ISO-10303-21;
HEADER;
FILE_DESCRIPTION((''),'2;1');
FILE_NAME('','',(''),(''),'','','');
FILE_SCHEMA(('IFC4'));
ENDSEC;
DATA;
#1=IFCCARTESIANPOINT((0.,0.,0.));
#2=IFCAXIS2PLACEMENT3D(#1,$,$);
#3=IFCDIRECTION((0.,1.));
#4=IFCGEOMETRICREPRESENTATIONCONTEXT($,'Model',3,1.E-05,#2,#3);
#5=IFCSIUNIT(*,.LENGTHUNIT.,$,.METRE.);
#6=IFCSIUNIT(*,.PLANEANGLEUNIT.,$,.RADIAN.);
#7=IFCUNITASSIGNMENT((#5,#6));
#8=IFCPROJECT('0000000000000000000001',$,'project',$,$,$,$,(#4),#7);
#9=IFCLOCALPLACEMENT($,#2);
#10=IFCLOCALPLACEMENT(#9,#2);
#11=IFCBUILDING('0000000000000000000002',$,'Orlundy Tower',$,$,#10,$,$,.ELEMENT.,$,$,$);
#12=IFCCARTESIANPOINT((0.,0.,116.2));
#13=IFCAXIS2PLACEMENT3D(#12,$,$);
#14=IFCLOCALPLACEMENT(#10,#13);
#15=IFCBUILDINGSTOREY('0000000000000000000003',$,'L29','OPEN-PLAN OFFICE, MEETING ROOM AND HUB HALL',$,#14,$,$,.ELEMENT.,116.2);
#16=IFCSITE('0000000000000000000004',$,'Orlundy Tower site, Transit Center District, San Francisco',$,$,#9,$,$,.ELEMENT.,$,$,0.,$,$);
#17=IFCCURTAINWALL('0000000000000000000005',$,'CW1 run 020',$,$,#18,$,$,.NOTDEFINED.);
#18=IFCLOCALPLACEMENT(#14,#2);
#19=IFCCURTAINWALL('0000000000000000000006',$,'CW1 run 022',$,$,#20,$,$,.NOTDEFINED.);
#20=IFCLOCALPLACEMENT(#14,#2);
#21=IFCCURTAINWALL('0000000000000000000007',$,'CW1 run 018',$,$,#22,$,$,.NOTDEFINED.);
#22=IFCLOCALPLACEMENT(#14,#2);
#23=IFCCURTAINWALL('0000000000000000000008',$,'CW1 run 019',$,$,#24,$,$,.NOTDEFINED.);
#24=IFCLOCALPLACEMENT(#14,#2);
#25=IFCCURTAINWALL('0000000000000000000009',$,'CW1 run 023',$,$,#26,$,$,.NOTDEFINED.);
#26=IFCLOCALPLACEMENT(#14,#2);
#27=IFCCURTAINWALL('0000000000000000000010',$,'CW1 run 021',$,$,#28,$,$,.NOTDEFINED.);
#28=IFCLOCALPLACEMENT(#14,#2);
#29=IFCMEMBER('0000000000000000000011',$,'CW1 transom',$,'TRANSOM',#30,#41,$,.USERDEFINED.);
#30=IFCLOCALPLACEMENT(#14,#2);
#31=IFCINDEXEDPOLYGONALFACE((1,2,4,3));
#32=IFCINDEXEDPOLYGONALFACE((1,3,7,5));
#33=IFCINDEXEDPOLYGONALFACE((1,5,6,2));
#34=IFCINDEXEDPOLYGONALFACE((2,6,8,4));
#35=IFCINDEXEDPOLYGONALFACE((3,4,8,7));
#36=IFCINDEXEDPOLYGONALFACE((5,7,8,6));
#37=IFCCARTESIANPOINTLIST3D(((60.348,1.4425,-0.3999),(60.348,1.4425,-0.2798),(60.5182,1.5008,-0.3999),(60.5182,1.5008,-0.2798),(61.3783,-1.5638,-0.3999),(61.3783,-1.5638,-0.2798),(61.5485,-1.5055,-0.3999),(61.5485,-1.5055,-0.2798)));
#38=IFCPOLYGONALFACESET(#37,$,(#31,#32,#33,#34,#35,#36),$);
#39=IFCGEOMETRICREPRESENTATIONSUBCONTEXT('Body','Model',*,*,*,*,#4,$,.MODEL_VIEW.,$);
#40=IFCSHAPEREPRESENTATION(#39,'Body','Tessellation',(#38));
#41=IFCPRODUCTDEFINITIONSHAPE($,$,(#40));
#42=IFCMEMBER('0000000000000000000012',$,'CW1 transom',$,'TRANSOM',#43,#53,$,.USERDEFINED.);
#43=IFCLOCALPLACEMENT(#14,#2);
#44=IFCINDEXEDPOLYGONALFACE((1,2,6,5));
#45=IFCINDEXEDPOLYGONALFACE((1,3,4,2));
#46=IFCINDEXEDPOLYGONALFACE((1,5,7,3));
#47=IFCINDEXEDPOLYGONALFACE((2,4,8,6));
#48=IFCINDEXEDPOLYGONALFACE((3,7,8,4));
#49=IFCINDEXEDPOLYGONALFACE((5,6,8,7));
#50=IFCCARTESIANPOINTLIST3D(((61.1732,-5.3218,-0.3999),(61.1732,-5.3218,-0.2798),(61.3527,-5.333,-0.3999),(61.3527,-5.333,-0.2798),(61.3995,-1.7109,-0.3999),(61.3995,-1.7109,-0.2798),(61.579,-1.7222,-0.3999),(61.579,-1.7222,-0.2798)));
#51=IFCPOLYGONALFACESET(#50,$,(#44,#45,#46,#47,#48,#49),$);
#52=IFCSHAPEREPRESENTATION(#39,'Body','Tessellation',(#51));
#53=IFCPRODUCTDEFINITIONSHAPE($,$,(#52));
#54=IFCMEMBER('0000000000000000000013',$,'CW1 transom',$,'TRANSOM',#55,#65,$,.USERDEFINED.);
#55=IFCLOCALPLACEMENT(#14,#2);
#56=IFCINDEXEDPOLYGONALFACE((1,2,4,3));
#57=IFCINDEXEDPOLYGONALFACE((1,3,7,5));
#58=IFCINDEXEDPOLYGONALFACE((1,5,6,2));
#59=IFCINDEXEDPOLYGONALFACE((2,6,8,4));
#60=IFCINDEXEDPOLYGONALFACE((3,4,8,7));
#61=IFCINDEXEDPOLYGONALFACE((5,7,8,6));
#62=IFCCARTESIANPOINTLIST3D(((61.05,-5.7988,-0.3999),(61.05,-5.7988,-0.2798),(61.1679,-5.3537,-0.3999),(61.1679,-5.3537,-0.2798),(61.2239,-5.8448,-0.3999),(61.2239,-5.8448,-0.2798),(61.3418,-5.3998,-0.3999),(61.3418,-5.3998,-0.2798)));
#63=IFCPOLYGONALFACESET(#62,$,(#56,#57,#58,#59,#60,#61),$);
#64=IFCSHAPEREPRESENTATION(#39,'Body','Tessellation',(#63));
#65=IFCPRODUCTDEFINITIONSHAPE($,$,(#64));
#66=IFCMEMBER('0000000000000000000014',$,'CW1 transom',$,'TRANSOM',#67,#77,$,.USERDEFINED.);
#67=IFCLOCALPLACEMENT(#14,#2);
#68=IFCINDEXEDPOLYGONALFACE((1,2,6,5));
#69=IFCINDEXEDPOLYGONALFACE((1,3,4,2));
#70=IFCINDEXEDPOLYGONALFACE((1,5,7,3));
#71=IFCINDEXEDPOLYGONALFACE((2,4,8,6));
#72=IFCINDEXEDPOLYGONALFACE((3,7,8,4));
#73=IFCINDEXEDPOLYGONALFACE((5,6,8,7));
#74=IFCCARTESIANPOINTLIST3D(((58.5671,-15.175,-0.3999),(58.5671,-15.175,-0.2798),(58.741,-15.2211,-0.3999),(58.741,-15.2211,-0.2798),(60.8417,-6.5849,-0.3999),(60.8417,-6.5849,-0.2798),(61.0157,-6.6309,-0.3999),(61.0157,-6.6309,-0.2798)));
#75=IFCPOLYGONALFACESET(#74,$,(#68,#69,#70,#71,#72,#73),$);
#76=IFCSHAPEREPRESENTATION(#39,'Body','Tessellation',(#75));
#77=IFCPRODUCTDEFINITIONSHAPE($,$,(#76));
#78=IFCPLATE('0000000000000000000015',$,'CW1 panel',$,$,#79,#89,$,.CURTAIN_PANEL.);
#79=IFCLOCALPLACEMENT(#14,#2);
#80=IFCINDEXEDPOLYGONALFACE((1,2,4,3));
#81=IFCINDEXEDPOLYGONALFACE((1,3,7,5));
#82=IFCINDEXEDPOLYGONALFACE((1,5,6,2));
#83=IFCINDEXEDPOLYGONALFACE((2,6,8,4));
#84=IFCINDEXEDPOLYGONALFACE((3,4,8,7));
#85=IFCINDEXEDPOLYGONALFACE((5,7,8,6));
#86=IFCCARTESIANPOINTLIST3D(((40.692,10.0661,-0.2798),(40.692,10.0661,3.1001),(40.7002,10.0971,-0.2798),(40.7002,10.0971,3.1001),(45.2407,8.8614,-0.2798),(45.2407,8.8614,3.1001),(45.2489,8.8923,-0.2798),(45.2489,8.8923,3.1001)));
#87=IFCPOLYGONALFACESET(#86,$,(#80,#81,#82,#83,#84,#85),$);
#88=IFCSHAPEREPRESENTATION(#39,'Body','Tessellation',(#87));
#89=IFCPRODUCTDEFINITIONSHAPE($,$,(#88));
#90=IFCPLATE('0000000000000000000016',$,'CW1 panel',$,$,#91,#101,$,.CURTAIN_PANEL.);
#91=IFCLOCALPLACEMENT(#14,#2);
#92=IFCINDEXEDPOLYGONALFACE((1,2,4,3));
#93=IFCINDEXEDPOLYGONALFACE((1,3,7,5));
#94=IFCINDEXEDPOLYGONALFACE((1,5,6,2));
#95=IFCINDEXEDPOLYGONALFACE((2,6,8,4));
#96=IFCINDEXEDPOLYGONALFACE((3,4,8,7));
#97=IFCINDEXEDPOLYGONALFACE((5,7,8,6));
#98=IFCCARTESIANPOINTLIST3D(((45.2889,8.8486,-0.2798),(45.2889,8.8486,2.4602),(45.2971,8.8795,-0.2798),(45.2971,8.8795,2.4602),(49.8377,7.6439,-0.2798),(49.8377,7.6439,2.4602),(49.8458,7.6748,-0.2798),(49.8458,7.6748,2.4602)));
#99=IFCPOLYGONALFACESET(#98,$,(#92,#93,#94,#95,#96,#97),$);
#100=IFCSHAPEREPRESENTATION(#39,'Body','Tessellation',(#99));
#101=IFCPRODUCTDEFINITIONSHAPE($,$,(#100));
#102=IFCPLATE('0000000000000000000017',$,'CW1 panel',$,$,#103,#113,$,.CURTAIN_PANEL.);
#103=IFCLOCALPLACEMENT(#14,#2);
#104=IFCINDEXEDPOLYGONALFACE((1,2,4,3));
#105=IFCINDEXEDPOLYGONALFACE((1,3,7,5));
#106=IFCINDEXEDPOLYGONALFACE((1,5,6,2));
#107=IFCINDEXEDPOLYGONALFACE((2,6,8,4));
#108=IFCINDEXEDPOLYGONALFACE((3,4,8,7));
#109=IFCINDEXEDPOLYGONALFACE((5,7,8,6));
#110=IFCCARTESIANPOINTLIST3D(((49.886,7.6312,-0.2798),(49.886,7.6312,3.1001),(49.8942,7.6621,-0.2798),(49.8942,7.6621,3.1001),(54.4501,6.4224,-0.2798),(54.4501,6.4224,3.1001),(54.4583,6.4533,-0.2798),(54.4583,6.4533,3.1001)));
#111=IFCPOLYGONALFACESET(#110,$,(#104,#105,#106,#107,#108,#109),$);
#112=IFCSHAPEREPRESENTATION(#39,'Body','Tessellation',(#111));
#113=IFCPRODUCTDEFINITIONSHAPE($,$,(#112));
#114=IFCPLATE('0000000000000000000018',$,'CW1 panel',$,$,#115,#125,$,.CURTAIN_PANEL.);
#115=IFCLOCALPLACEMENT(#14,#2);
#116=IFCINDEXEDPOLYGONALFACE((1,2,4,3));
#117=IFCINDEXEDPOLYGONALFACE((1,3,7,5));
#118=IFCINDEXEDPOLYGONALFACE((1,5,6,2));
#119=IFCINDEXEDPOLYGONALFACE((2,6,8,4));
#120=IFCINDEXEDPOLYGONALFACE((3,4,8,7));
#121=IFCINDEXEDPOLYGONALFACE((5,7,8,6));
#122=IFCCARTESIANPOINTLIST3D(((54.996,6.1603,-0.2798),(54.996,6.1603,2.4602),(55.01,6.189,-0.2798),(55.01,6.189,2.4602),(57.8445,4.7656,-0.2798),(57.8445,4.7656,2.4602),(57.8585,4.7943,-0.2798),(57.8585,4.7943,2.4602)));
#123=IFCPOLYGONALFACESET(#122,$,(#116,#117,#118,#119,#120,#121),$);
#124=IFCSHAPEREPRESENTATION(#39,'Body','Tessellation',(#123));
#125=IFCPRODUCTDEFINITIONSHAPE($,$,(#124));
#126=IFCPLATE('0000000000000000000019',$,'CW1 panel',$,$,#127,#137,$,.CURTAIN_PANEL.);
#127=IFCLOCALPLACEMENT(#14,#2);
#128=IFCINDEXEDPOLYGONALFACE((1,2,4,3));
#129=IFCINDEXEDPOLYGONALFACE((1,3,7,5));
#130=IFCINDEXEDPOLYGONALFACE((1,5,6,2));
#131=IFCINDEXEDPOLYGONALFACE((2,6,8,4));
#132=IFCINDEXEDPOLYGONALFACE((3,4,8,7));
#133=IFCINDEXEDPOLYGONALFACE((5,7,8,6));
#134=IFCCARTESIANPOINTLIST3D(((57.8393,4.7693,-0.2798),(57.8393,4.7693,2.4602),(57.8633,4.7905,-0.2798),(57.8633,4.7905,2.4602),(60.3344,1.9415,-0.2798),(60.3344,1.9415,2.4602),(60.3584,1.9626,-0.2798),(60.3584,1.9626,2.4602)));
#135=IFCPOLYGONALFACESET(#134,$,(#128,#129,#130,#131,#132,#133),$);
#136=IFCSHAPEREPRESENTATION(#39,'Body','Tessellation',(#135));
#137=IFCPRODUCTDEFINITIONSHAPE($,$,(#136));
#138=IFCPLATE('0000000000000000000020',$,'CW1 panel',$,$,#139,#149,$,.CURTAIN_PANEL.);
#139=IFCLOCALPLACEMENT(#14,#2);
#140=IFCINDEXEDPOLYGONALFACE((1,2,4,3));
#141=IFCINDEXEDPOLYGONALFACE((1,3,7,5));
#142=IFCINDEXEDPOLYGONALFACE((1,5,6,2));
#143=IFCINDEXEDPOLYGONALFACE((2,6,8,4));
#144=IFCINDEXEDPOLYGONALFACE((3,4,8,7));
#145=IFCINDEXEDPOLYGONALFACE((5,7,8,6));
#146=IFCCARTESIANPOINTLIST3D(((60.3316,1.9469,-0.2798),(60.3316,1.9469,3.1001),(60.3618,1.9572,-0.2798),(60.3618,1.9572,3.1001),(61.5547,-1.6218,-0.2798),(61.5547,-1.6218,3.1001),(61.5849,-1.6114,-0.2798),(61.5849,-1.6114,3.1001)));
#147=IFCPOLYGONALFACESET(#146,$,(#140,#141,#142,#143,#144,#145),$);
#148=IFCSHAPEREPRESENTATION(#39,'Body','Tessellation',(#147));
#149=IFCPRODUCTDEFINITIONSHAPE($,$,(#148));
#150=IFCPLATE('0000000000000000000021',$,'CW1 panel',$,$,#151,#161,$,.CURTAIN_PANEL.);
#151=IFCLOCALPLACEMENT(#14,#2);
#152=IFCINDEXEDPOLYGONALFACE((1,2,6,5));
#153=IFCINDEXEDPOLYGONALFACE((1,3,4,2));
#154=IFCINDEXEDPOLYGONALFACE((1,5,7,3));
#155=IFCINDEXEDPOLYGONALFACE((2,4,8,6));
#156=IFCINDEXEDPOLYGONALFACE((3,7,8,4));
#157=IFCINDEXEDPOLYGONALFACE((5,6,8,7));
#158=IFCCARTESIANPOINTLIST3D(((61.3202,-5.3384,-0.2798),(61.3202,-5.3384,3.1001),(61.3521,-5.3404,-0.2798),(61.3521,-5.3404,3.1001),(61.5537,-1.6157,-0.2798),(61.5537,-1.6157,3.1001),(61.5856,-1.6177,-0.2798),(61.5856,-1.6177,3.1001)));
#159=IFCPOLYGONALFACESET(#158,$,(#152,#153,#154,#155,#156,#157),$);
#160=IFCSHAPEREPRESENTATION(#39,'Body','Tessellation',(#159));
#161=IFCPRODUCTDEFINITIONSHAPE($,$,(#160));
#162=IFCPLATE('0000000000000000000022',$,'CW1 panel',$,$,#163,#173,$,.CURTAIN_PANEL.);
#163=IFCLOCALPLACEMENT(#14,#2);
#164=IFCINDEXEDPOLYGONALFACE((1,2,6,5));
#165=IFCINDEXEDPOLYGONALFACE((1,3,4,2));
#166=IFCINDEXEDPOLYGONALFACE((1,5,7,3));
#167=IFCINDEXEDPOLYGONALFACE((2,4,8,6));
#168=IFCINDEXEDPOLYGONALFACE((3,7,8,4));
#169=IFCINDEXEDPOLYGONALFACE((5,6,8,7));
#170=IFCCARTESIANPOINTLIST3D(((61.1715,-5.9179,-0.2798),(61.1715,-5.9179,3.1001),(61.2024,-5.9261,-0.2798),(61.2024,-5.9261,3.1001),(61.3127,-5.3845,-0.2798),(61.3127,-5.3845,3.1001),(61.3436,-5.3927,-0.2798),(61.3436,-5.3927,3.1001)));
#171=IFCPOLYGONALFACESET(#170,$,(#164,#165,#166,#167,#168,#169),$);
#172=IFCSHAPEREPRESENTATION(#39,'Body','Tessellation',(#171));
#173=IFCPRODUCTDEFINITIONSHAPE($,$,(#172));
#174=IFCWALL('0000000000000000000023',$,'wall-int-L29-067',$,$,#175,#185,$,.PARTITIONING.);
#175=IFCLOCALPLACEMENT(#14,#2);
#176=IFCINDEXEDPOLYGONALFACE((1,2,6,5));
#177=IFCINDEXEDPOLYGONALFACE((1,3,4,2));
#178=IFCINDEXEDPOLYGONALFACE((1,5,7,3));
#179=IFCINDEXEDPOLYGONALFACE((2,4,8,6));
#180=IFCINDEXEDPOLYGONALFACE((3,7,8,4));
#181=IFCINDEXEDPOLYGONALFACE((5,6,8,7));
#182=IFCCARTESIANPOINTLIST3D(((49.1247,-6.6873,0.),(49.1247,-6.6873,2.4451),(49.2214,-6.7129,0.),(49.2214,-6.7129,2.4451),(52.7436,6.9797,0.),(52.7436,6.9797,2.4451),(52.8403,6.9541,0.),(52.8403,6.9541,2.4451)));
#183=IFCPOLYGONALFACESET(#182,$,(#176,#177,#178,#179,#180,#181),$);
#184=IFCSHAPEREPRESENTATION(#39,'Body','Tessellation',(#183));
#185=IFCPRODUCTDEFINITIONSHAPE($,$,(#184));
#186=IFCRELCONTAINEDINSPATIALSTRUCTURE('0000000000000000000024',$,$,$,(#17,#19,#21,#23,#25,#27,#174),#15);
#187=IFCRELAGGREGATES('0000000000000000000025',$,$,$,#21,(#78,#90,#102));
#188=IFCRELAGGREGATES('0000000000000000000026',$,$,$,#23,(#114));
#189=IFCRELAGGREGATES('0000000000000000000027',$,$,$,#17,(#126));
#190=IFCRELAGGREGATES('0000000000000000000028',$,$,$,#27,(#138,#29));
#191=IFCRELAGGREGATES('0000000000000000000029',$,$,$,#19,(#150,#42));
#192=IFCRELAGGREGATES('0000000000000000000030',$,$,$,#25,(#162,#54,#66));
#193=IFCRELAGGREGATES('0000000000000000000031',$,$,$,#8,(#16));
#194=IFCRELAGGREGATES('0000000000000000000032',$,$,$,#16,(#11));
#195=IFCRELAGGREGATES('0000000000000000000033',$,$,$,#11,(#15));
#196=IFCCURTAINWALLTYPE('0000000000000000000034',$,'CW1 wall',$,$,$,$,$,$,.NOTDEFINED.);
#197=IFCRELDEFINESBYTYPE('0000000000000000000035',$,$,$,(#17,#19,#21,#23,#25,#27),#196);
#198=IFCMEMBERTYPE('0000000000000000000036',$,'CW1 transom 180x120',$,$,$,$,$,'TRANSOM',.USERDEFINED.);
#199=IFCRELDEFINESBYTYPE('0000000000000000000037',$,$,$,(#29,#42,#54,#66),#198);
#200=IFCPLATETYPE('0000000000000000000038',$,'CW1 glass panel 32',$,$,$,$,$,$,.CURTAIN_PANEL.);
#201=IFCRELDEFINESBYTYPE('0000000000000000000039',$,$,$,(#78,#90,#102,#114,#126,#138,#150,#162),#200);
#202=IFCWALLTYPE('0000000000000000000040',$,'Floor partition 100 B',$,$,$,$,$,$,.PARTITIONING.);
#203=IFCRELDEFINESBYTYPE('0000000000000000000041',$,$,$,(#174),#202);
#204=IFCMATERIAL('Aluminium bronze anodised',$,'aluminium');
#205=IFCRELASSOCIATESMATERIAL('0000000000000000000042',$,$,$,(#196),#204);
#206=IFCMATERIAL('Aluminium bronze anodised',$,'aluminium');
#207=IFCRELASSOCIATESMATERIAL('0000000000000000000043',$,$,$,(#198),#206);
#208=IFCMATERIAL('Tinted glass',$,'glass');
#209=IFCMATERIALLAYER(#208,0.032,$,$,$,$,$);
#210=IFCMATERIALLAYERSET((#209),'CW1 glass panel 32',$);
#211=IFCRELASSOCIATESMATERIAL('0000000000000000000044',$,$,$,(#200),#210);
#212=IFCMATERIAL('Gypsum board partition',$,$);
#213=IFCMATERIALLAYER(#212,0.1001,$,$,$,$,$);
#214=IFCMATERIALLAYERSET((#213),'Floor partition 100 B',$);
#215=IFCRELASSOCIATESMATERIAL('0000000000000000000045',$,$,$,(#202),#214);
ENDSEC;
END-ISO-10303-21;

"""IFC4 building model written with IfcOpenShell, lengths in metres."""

from ifc_helpers import new_model, si_unit, direction, frame, frame_2d, origin, origin_2d, place, context, subcontext, project, spatial, rectangle, extrude, material, layer, layer_set, material_profile, profile_set, type_object, element, aggregate, save


model = new_model("IFC4")

# Units and contexts
model_context = context("Model", 3, precision=1e-05, world=origin(), true_north=direction((0.0, 1.0)))
body_context = subcontext(model_context, "Body", "Model", "MODEL_VIEW")
ifc_project = project(units=[si_unit("LENGTHUNIT", "METRE"), si_unit("PLANEANGLEUNIT", "RADIAN")], contexts=[model_context])

# Site, building, storey
site_placement = place(None, origin())
site = spatial("IfcSite", under=ifc_project, at=site_placement, Name="Orlundy Tower site, Transit Center District, San Francisco", CompositionType="ELEMENT", RefElevation=0.0)
building_placement = place(site_placement, origin())
building = spatial("IfcBuilding", under=site, at=building_placement, Name="Orlundy Tower", CompositionType="ELEMENT")
storey_placement = place(building_placement, frame((0.0, 0.0, 116.2)))
storey = spatial("IfcBuildingStorey", under=building, at=storey_placement, Name="L29", Description="OPEN-PLAN OFFICE, MEETING ROOM AND HUB HALL", CompositionType="ELEMENT", Elevation=116.2)

# Curtain walls
ifc_material_1 = material(Name="Aluminium bronze anodised", Category="aluminium")
curtain_wall_type = type_object("IfcCurtainWallType", Name="CW1 wall", PredefinedType="NOTDEFINED", material=ifc_material_1)
curtain_wall_1_placement = place(storey_placement, origin())
curtain_wall_1 = element("IfcCurtainWall", 1, at=curtain_wall_1_placement, inside=storey, type_object=curtain_wall_type, Name="CW1 run 020", PredefinedType="NOTDEFINED")
curtain_wall_2_placement = place(storey_placement, origin())
curtain_wall_2 = element("IfcCurtainWall", 2, at=curtain_wall_2_placement, inside=storey, type_object=curtain_wall_type, Name="CW1 run 022", PredefinedType="NOTDEFINED")

# Curtain wall
curtain_wall_3_placement = place(storey_placement, origin())
curtain_wall_3 = element("IfcCurtainWall", 3, at=curtain_wall_3_placement, inside=storey, type_object=curtain_wall_type, Name="CW1 run 018", PredefinedType="NOTDEFINED")

# Curtain walls
curtain_wall_4_placement = place(storey_placement, origin())
curtain_wall_4 = element("IfcCurtainWall", 4, at=curtain_wall_4_placement, inside=storey, type_object=curtain_wall_type, Name="CW1 run 019", PredefinedType="NOTDEFINED")
curtain_wall_5_placement = place(storey_placement, origin())
curtain_wall_5 = element("IfcCurtainWall", 5, at=curtain_wall_5_placement, inside=storey, type_object=curtain_wall_type, Name="CW1 run 023", PredefinedType="NOTDEFINED")

# Shared definitions
ifc_material_2 = material(Name="Aluminium bronze anodised", Category="aluminium")
ifc_material_profile_1 = material_profile(ifc_material_2, rectangle(XDim=0.1799, YDim=0.1201, at=origin_2d()), Name="CW1 transom 180x120")
ifc_profile_set_1 = profile_set([ifc_material_profile_1], Name="Aluminium bronze anodised")
member_type_1 = type_object("IfcMemberType", Name="CW1 transom 180x120", ElementType="TRANSOM", PredefinedType="USERDEFINED", material=ifc_profile_set_1)

# Curtain wall, member
curtain_wall_6_placement = place(storey_placement, origin())
curtain_wall_6 = element("IfcCurtainWall", 6, at=curtain_wall_6_placement, inside=storey, type_object=curtain_wall_type, Name="CW1 run 021", PredefinedType="NOTDEFINED")
member_1_placement = place(storey_placement, frame((60.4331, 1.4717, -0.3398), z_axis=(0.324191, -0.945992, 0.0), x_axis=(0.945992, 0.324191, 0.0)))
member_1 = element("IfcMember", 7, at=member_1_placement, type_object=member_type_1, Name="CW1 transom", ObjectType="TRANSOM", PredefinedType="USERDEFINED", context=body_context, shape_type="SweptSolid", body=[
    extrude(rectangle(XDim=0.1799, YDim=0.1201, at=origin_2d()), origin(), (0.0, 0.0, 1.0), 3.178),
])

# Members
member_2_placement = place(storey_placement, frame((61.4893, -1.7166, -0.3398), z_axis=(-0.062555, -0.998042, 0.0), x_axis=(0.998042, -0.062555, 0.0)))
member_2 = element("IfcMember", 8, at=member_2_placement, type_object=member_type_1, Name="CW1 transom", ObjectType="TRANSOM", PredefinedType="USERDEFINED", context=body_context, shape_type="SweptSolid", body=[
    extrude(rectangle(XDim=0.1799, YDim=0.1201, at=origin_2d()), origin(), (0.0, 0.0, 1.0), 3.6179),
])
member_3_placement = place(storey_placement, frame((61.2549, -5.3767, -0.3398), z_axis=(-0.256111, -0.966647, 0.0), x_axis=(0.966647, -0.256111, 0.0)))
member_3 = element("IfcMember", 9, at=member_3_placement, type_object=member_type_1, Name="CW1 transom", ObjectType="TRANSOM", PredefinedType="USERDEFINED", context=body_context, shape_type="SweptSolid", body=[
    extrude(rectangle(XDim=0.1799, YDim=0.1201, at=origin_2d()), origin(), (0.0, 0.0, 1.0), 0.4604),
])
member_4_placement = place(storey_placement, frame((60.9287, -6.6079, -0.3398), z_axis=(-0.255978, -0.966683, 0.0), x_axis=(0.966683, -0.255978, 0.0)))
member_4 = element("IfcMember", 10, at=member_4_placement, type_object=member_type_1, Name="CW1 transom", ObjectType="TRANSOM", PredefinedType="USERDEFINED", context=body_context, shape_type="SweptSolid", body=[
    extrude(rectangle(XDim=0.1799, YDim=0.1201, at=origin_2d()), origin(), (0.0, 0.0, 1.0), 8.8862),
])

# Plates
ifc_material_3 = material(Name="Tinted glass", Category="glass")
ifc_layer_1 = layer(ifc_material_3, 0.032)
ifc_layer_set_1 = layer_set([ifc_layer_1], Name="CW1 glass panel 32")
plate_type = type_object("IfcPlateType", Name="CW1 glass panel 32", PredefinedType="CURTAIN_PANEL", material=ifc_layer_set_1)
plate_1_placement = place(storey_placement, frame((42.9705, 9.4792, -0.2798), z_axis=(0.0, 0.0, 1.0), x_axis=(0.966672, -0.25602, 0.0)))
plate_1 = element("IfcPlate", 11, at=plate_1_placement, type_object=plate_type, Name="CW1 panel", PredefinedType="CURTAIN_PANEL", context=body_context, shape_type="SweptSolid", body=[
    extrude(rectangle(XDim=4.7056, YDim=0.032, at=origin_2d()), origin(), (0.0, 0.0, 1.0), 3.3799),
])
plate_2_placement = place(storey_placement, frame((47.5674, 8.2617, -0.2798), z_axis=(0.0, 0.0, 1.0), x_axis=(0.966672, -0.25602, 0.0)))
plate_2 = element("IfcPlate", 12, at=plate_2_placement, type_object=plate_type, Name="CW1 panel", PredefinedType="CURTAIN_PANEL", context=body_context, shape_type="SweptSolid", body=[
    extrude(rectangle(XDim=4.7056, YDim=0.032, at=origin_2d()), origin(), (0.0, 0.0, 1.0), 2.74),
])
plate_3_placement = place(storey_placement, frame((52.1721, 7.0422, -0.2798), z_axis=(0.0, 0.0, 1.0), x_axis=(0.966672, -0.25602, 0.0)))
plate_3 = element("IfcPlate", 13, at=plate_3_placement, type_object=plate_type, Name="CW1 panel", PredefinedType="CURTAIN_PANEL", context=body_context, shape_type="SweptSolid", body=[
    extrude(rectangle(XDim=4.7214, YDim=0.032, at=origin_2d()), origin(), (0.0, 0.0, 1.0), 3.3799),
])
aggregate(curtain_wall_3, [plate_1, plate_2, plate_3])
plate_4_placement = place(storey_placement, frame((56.4272, 5.4773, -0.2798), z_axis=(0.0, 0.0, 1.0), x_axis=(0.898119, -0.439752, 0.0)))
plate_4 = element("IfcPlate", 14, at=plate_4_placement, type_object=plate_type, Name="CW1 panel", PredefinedType="CURTAIN_PANEL", context=body_context, shape_type="SweptSolid", body=[
    extrude(rectangle(XDim=3.1716, YDim=0.032, at=origin_2d()), origin(), (0.0, 0.0, 1.0), 2.74),
])
aggregate(curtain_wall_4, [plate_4])
plate_5_placement = place(storey_placement, frame((59.0989, 3.366, -0.2798), z_axis=(0.0, 0.0, 1.0), x_axis=(0.661613, -0.749846, 0.0)))
plate_5 = element("IfcPlate", 15, at=plate_5_placement, type_object=plate_type, Name="CW1 panel", PredefinedType="CURTAIN_PANEL", context=body_context, shape_type="SweptSolid", body=[
    extrude(rectangle(XDim=3.7712, YDim=0.032, at=origin_2d()), origin(), (0.0, 0.0, 1.0), 2.74),
])
aggregate(curtain_wall_1, [plate_5])
plate_6_placement = place(storey_placement, frame((60.9583, 0.1677, -0.2798), z_axis=(0.0, 0.0, 1.0), x_axis=(0.324228, -0.945979, 0.0)))
plate_6 = element("IfcPlate", 16, at=plate_6_placement, type_object=plate_type, Name="CW1 panel", PredefinedType="CURTAIN_PANEL", context=body_context, shape_type="SweptSolid", body=[
    extrude(rectangle(XDim=3.7725, YDim=0.032, at=origin_2d()), origin(), (0.0, 0.0, 1.0), 3.3799),
])
aggregate(curtain_wall_6, [plate_6, member_1])
plate_7_placement = place(storey_placement, frame((61.4529, -3.478, -0.2798), z_axis=(0.0, 0.0, 1.0), x_axis=(-0.062597, -0.998039, 0.0)))
plate_7 = element("IfcPlate", 17, at=plate_7_placement, type_object=plate_type, Name="CW1 panel", PredefinedType="CURTAIN_PANEL", context=body_context, shape_type="SweptSolid", body=[
    extrude(rectangle(XDim=3.73, YDim=0.032, at=origin_2d()), origin(), (0.0, 0.0, 1.0), 3.3799),
])
aggregate(curtain_wall_2, [plate_7, member_2])
plate_8_placement = place(storey_placement, frame((61.2576, -5.6553, -0.2798), z_axis=(0.0, 0.0, 1.0), x_axis=(-0.255991, -0.966679, 0.0)))
plate_8 = element("IfcPlate", 18, at=plate_8_placement, type_object=plate_type, Name="CW1 panel", PredefinedType="CURTAIN_PANEL", context=body_context, shape_type="SweptSolid", body=[
    extrude(rectangle(XDim=0.5518, YDim=0.032, at=origin_2d()), origin(), (0.0, 0.0, 1.0), 3.3799),
])
aggregate(curtain_wall_5, [plate_8, member_3, member_4])

# Wall
ifc_material_4 = material(Name="Gypsum board partition")
ifc_layer_2 = layer(ifc_material_4, 0.1001)
ifc_layer_set_2 = layer_set([ifc_layer_2], Name="Floor partition 100 B")
wall_type = type_object("IfcWallType", Name="Floor partition 100 B", PredefinedType="PARTITIONING", material=ifc_layer_set_2)
wall_placement = place(storey_placement, frame((49.1731, -6.7, 0.0), z_axis=(0.0, 0.0, 1.0), x_axis=(0.255969, 0.966685, 0.0)))
element("IfcWall", 19, at=wall_placement, inside=storey, type_object=wall_type, Name="wall-int-L29-067", PredefinedType="PARTITIONING", context=body_context, shape_type="SweptSolid", body=[
    extrude(rectangle(XDim=14.1379, YDim=0.1001, at=frame_2d((7.0688, 0.0))), origin(), (0.0, 0.0, 1.0), 2.4451),
])

save(model, "model.ifc")
